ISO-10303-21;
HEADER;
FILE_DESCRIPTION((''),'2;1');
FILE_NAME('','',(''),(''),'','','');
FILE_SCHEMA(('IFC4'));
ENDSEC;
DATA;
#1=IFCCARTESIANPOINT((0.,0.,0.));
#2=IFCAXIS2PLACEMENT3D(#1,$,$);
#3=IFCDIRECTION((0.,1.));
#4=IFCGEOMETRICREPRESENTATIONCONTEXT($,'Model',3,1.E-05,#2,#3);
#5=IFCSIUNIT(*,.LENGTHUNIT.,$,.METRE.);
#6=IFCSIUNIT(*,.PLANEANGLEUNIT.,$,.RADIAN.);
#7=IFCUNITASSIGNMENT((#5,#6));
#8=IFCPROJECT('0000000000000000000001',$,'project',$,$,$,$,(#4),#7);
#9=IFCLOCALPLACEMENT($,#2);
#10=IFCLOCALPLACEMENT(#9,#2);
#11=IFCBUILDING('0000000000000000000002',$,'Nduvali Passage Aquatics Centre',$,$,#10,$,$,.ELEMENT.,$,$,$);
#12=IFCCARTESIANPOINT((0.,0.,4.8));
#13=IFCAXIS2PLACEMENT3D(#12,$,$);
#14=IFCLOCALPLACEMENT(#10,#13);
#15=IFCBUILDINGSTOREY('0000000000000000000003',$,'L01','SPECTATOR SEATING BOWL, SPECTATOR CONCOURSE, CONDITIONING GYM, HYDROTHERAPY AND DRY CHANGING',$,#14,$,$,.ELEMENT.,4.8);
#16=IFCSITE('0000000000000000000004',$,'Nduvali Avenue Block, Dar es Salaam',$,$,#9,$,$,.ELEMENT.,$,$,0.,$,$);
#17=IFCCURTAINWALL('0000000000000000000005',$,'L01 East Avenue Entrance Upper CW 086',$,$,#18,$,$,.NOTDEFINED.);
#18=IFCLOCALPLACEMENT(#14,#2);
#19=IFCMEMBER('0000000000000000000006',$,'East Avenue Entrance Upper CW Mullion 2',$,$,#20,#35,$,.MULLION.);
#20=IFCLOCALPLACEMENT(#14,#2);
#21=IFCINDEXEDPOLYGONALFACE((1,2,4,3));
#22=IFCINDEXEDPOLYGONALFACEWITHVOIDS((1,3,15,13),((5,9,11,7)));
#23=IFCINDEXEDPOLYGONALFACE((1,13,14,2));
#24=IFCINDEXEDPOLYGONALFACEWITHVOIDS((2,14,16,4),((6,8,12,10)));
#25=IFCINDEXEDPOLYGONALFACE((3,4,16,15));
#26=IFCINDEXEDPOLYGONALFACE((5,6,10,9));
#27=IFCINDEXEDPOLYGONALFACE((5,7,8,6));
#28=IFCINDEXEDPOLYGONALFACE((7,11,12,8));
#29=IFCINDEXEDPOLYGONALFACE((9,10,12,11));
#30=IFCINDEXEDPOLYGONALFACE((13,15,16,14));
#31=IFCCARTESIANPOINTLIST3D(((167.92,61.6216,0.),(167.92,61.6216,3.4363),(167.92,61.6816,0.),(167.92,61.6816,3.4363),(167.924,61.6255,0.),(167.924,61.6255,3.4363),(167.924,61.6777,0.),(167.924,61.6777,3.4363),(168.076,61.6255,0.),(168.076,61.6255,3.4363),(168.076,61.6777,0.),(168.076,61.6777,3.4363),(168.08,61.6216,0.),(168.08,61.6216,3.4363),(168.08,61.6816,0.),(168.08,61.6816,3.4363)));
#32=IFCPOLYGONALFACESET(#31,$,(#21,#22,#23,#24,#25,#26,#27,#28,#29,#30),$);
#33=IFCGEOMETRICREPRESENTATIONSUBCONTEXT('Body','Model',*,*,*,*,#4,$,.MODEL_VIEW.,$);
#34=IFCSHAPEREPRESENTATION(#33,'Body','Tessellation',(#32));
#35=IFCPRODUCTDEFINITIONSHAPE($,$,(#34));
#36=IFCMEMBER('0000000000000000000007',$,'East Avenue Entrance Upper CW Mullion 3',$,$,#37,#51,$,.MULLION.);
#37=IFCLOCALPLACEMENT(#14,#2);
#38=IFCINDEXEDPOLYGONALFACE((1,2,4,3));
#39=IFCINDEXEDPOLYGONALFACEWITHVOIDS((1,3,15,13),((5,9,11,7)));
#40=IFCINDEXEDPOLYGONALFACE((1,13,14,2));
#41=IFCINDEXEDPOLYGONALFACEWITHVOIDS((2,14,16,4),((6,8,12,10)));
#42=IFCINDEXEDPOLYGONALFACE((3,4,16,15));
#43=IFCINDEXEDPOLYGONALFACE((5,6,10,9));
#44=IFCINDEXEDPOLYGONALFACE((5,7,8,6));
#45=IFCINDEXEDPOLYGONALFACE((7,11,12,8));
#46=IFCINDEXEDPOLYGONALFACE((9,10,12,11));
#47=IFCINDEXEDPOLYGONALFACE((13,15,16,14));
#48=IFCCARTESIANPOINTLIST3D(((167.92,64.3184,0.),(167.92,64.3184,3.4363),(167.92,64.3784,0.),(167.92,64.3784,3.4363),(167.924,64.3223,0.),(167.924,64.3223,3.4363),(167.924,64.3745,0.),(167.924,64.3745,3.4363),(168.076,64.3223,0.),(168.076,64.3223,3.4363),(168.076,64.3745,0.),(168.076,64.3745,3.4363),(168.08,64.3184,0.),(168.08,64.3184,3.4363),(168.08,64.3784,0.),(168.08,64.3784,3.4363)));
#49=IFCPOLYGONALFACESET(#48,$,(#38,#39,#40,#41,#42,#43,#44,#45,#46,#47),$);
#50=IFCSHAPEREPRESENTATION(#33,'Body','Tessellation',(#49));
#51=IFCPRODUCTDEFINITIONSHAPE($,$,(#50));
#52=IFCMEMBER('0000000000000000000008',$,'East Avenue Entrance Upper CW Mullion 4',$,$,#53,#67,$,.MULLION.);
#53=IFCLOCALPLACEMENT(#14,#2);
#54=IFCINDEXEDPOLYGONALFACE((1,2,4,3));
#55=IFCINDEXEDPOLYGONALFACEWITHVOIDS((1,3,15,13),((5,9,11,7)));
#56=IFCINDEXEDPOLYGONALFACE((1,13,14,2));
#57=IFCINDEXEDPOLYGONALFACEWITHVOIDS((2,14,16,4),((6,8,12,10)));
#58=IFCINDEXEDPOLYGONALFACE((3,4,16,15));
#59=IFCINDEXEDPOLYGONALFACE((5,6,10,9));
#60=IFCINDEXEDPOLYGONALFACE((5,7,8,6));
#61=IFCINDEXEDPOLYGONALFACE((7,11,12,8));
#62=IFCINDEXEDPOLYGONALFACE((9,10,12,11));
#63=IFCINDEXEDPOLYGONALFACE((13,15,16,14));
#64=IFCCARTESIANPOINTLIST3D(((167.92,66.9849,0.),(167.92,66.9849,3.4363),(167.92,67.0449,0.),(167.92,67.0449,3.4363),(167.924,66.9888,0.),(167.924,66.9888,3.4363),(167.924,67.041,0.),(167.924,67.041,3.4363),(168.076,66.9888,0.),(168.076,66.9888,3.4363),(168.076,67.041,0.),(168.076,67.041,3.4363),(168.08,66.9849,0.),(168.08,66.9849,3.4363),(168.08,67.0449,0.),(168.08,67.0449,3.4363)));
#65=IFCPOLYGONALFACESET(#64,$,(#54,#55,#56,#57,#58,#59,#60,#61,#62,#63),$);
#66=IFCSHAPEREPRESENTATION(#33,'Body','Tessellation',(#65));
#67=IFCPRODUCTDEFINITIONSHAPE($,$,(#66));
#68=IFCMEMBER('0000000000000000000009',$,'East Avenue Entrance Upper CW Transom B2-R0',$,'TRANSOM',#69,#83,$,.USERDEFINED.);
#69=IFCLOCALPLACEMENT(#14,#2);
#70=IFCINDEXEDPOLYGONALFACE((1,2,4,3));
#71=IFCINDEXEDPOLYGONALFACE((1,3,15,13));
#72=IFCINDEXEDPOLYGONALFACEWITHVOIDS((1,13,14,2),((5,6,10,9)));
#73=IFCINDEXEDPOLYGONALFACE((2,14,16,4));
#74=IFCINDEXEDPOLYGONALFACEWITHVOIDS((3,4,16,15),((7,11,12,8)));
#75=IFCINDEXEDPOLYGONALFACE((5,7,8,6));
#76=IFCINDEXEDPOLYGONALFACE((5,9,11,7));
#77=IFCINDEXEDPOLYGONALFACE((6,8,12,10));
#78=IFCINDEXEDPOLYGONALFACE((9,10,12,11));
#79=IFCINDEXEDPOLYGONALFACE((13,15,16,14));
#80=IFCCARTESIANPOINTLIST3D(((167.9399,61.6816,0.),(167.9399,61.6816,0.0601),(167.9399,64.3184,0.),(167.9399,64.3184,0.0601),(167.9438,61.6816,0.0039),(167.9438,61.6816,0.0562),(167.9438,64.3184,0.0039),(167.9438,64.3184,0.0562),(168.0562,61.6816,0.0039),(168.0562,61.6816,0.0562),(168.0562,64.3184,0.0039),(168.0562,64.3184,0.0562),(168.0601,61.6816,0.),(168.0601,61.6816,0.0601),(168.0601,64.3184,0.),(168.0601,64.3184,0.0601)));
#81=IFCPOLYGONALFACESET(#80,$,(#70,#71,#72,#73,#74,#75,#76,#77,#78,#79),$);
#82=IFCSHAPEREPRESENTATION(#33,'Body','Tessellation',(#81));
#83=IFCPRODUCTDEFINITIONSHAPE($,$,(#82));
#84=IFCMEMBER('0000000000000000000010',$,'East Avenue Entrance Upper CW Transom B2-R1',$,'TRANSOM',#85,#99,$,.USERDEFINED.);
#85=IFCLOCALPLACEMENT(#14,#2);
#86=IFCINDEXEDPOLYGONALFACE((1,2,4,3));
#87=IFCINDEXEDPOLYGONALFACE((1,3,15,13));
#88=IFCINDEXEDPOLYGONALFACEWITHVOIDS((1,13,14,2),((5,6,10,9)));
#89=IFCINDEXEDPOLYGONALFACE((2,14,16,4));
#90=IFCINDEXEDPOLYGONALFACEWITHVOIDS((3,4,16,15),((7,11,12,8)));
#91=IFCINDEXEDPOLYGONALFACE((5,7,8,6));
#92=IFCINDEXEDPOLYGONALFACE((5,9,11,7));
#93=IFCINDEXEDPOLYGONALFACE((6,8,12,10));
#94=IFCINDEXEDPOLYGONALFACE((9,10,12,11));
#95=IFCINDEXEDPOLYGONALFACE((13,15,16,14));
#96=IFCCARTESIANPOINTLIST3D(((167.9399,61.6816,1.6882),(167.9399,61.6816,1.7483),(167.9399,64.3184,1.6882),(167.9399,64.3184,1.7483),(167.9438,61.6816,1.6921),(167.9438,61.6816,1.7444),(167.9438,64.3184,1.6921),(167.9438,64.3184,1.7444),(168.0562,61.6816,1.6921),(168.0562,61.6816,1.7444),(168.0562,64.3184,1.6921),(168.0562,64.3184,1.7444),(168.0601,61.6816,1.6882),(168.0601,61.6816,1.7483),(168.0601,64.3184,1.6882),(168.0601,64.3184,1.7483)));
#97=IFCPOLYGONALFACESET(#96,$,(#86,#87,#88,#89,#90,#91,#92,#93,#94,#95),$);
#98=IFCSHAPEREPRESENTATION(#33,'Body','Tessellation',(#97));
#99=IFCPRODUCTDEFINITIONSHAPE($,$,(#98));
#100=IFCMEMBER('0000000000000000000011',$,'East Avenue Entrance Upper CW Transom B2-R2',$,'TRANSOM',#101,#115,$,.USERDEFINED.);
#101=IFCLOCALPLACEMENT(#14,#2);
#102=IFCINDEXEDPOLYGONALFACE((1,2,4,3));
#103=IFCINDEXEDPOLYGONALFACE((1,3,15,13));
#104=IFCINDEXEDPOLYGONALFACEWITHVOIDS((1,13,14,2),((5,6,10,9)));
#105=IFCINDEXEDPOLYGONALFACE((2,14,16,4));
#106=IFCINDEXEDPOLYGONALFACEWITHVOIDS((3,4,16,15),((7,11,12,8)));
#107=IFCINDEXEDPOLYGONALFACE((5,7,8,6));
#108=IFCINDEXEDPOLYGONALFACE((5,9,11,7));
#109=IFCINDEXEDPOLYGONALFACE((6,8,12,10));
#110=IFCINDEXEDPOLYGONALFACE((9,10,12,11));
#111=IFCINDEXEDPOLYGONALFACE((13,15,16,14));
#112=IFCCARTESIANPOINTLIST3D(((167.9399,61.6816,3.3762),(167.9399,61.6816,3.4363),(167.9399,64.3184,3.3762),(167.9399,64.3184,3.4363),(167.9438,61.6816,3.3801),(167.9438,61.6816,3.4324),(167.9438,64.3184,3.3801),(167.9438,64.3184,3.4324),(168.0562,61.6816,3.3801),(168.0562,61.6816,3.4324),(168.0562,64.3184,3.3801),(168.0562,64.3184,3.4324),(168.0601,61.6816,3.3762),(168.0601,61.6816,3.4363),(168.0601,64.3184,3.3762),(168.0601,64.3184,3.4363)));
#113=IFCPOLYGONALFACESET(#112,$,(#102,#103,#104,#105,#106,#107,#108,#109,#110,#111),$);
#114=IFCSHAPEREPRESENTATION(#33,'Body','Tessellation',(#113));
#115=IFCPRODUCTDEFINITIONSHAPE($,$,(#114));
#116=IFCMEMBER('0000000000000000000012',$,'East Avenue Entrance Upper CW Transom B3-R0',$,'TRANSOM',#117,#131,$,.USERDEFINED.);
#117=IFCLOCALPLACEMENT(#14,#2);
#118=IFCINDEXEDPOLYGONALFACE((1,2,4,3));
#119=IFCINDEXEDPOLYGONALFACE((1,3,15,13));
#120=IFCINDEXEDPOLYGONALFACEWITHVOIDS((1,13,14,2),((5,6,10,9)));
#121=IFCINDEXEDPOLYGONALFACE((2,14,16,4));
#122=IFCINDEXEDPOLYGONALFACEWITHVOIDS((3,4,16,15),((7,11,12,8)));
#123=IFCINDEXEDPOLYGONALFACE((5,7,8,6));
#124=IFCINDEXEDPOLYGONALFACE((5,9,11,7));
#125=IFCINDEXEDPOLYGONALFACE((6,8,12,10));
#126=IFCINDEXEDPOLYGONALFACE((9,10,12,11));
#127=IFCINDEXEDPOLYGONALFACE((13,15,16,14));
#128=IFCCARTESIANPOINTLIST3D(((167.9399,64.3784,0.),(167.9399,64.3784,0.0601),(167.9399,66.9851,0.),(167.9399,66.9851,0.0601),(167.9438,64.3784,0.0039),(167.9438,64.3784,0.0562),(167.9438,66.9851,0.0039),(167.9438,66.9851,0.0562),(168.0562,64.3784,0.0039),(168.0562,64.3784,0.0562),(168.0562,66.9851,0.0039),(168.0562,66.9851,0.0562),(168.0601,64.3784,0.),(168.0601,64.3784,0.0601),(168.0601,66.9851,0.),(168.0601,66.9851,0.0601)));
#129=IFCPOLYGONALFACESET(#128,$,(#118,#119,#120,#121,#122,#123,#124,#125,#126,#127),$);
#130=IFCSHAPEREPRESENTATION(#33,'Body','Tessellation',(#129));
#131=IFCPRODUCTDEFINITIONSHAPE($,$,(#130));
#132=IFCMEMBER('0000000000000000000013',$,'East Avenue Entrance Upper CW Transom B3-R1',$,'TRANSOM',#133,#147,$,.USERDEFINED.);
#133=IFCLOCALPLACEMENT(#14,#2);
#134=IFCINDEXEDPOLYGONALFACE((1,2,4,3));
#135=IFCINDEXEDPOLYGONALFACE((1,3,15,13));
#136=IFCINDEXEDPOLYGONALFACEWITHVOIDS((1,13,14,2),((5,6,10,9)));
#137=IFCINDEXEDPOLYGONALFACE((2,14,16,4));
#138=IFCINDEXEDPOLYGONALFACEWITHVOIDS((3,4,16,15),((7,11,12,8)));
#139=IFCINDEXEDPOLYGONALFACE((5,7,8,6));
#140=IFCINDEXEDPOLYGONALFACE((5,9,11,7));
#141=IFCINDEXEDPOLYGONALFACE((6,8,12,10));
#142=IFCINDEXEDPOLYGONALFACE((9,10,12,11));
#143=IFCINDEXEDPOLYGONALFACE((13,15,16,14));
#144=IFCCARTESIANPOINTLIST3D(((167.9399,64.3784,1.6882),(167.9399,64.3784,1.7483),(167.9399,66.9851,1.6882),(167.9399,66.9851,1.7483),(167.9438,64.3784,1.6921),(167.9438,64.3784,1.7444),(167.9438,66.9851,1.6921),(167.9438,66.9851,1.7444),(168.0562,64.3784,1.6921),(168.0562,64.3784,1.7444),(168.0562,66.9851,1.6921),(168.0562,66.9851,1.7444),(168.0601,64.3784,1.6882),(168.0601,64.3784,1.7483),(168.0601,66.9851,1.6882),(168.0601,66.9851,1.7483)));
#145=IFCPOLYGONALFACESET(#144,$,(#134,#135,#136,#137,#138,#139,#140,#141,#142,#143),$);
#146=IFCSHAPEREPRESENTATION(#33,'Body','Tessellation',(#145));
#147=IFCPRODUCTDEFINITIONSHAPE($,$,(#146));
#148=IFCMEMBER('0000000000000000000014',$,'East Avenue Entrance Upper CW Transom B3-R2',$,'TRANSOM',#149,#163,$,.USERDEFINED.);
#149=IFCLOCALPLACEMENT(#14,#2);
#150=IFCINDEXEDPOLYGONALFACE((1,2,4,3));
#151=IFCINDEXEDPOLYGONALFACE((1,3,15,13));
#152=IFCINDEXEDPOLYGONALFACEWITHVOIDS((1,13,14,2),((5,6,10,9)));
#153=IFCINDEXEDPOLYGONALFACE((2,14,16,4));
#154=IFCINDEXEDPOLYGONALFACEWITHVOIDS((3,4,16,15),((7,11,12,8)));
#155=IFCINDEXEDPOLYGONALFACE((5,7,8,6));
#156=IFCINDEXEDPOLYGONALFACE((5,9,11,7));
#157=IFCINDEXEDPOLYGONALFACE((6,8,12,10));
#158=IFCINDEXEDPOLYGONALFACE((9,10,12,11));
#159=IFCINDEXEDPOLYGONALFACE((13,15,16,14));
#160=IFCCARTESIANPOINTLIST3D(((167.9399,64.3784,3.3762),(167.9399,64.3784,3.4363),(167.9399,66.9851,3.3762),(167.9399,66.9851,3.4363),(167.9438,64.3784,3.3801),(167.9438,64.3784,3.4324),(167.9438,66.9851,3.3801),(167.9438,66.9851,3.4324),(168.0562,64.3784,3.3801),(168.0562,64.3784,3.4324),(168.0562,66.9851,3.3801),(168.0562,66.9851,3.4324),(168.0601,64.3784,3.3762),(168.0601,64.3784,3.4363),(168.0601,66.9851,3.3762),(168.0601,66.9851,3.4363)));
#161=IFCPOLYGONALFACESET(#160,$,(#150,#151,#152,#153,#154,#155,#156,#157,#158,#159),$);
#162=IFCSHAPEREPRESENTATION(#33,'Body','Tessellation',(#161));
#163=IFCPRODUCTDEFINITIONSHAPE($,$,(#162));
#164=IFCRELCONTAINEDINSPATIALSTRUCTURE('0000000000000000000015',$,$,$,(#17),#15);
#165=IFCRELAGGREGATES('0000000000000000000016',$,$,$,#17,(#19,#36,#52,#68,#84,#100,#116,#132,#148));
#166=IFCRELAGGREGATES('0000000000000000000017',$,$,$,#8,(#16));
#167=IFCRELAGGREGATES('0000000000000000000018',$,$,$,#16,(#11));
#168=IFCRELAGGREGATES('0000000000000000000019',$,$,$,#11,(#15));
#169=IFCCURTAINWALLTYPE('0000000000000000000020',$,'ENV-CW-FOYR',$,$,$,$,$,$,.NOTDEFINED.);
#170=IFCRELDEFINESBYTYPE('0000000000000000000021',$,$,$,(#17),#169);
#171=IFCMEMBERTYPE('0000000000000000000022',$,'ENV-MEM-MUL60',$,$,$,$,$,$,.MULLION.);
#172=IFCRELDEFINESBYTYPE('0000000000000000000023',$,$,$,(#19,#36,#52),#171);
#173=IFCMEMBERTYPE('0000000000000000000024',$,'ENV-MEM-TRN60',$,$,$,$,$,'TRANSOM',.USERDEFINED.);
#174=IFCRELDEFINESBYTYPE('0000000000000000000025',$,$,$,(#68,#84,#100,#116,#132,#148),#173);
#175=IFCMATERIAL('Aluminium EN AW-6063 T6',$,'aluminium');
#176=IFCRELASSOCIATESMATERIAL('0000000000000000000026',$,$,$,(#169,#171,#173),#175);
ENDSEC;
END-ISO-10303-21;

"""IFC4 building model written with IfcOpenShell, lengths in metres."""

from ifc_helpers import new_model, si_unit, direction, frame, origin, origin_2d, place, context, subcontext, project, spatial, hollow_rectangle, extrude, material, material_profile, profile_set, type_object, element, aggregate, save


model = new_model("IFC4")

# Units and contexts
model_context = context("Model", 3, precision=1e-05, world=origin(), true_north=direction((0.0, 1.0)))
body_context = subcontext(model_context, "Body", "Model", "MODEL_VIEW")
ifc_project = project(units=[si_unit("LENGTHUNIT", "METRE"), si_unit("PLANEANGLEUNIT", "RADIAN")], contexts=[model_context])

# Site, building, storey
site_placement = place(None, origin())
site = spatial("IfcSite", under=ifc_project, at=site_placement, Name="Nduvali Avenue Block, Dar es Salaam", CompositionType="ELEMENT", RefElevation=0.0)
building_placement = place(site_placement, origin())
building = spatial("IfcBuilding", under=site, at=building_placement, Name="Nduvali Passage Aquatics Centre", CompositionType="ELEMENT")
storey_placement = place(building_placement, frame((0.0, 0.0, 4.8)))
storey = spatial("IfcBuildingStorey", under=building, at=storey_placement, Name="L01", Description="SPECTATOR SEATING BOWL, SPECTATOR CONCOURSE, CONDITIONING GYM, HYDROTHERAPY AND DRY CHANGING", CompositionType="ELEMENT", Elevation=4.8)

# Curtain wall, members
ifc_material_1 = material(Name="Aluminium EN AW-6063 T6", Category="aluminium")
curtain_wall_type = type_object("IfcCurtainWallType", Name="ENV-CW-FOYR", PredefinedType="NOTDEFINED", material=ifc_material_1)
curtain_wall_placement = place(storey_placement, origin())
curtain_wall = element("IfcCurtainWall", 1, at=curtain_wall_placement, inside=storey, type_object=curtain_wall_type, Name="L01 East Avenue Entrance Upper CW 086", PredefinedType="NOTDEFINED")
ifc_material_profile_1 = material_profile(ifc_material_1, hollow_rectangle(XDim=0.0601, YDim=0.1599, WallThickness=0.0039, at=origin_2d()), Name="ALU MULLION 60x160x4")
ifc_profile_set_1 = profile_set([ifc_material_profile_1], Name="Aluminium EN AW-6063 T6")
member_type_1 = type_object("IfcMemberType", Name="ENV-MEM-MUL60", PredefinedType="MULLION", material=ifc_profile_set_1)
member_1_placement = place(storey_placement, frame((168.0, 61.6516, 0.0), z_axis=(0.0, 0.0, 1.0), x_axis=(0.0, 1.0, 0.0)))
member_1 = element("IfcMember", 2, at=member_1_placement, type_object=member_type_1, Name="East Avenue Entrance Upper CW Mullion 2", PredefinedType="MULLION", context=body_context, shape_type="SweptSolid", body=[
    extrude(hollow_rectangle(XDim=0.0601, YDim=0.1599, WallThickness=0.0039, at=origin_2d()), origin(), (0.0, 0.0, 1.0), 3.4363),
])
member_2_placement = place(storey_placement, frame((168.0, 64.3484, 0.0), z_axis=(0.0, 0.0, 1.0), x_axis=(0.0, 1.0, 0.0)))
member_2 = element("IfcMember", 3, at=member_2_placement, type_object=member_type_1, Name="East Avenue Entrance Upper CW Mullion 3", PredefinedType="MULLION", context=body_context, shape_type="SweptSolid", body=[
    extrude(hollow_rectangle(XDim=0.0601, YDim=0.1599, WallThickness=0.0039, at=origin_2d()), origin(), (0.0, 0.0, 1.0), 3.4363),
])
member_3_placement = place(storey_placement, frame((168.0, 67.0149, 0.0), z_axis=(0.0, 0.0, 1.0), x_axis=(0.0, 1.0, 0.0)))
member_3 = element("IfcMember", 4, at=member_3_placement, type_object=member_type_1, Name="East Avenue Entrance Upper CW Mullion 4", PredefinedType="MULLION", context=body_context, shape_type="SweptSolid", body=[
    extrude(hollow_rectangle(XDim=0.0601, YDim=0.1599, WallThickness=0.0039, at=origin_2d()), origin(), (0.0, 0.0, 1.0), 3.4363),
])
ifc_material_profile_2 = material_profile(ifc_material_1, hollow_rectangle(XDim=0.1201, YDim=0.0601, WallThickness=0.0039, at=origin_2d()), Name="ALU TRANSOM 120x60x4")
ifc_profile_set_2 = profile_set([ifc_material_profile_2], Name="Aluminium EN AW-6063 T6")
member_type_2 = type_object("IfcMemberType", Name="ENV-MEM-TRN60", ElementType="TRANSOM", PredefinedType="USERDEFINED", material=ifc_profile_set_2)
member_4_placement = place(storey_placement, frame((168.0, 61.6816, 0.03), z_axis=(0.0, 1.0, 0.0), x_axis=(-1.0, 0.0, 0.0)))
member_4 = element("IfcMember", 5, at=member_4_placement, type_object=member_type_2, Name="East Avenue Entrance Upper CW Transom B2-R0", ObjectType="TRANSOM", PredefinedType="USERDEFINED", context=body_context, shape_type="SweptSolid", body=[
    extrude(hollow_rectangle(XDim=0.1201, YDim=0.0601, WallThickness=0.0039, at=origin_2d()), origin(), (0.0, 0.0, 1.0), 2.6367),
])
member_5_placement = place(storey_placement, frame((168.0, 61.6816, 1.7183), z_axis=(0.0, 1.0, 0.0), x_axis=(-1.0, 0.0, 0.0)))
member_5 = element("IfcMember", 6, at=member_5_placement, type_object=member_type_2, Name="East Avenue Entrance Upper CW Transom B2-R1", ObjectType="TRANSOM", PredefinedType="USERDEFINED", context=body_context, shape_type="SweptSolid", body=[
    extrude(hollow_rectangle(XDim=0.1201, YDim=0.0601, WallThickness=0.0039, at=origin_2d()), origin(), (0.0, 0.0, 1.0), 2.6367),
])
member_6_placement = place(storey_placement, frame((168.0, 61.6816, 3.4062), z_axis=(0.0, 1.0, 0.0), x_axis=(-1.0, 0.0, 0.0)))
member_6 = element("IfcMember", 7, at=member_6_placement, type_object=member_type_2, Name="East Avenue Entrance Upper CW Transom B2-R2", ObjectType="TRANSOM", PredefinedType="USERDEFINED", context=body_context, shape_type="SweptSolid", body=[
    extrude(hollow_rectangle(XDim=0.1201, YDim=0.0601, WallThickness=0.0039, at=origin_2d()), origin(), (0.0, 0.0, 1.0), 2.6367),
])
member_7_placement = place(storey_placement, frame((168.0, 64.3784, 0.03), z_axis=(0.0, 1.0, 0.0), x_axis=(-1.0, 0.0, 0.0)))
member_7 = element("IfcMember", 8, at=member_7_placement, type_object=member_type_2, Name="East Avenue Entrance Upper CW Transom B3-R0", ObjectType="TRANSOM", PredefinedType="USERDEFINED", context=body_context, shape_type="SweptSolid", body=[
    extrude(hollow_rectangle(XDim=0.1201, YDim=0.0601, WallThickness=0.0039, at=origin_2d()), origin(), (0.0, 0.0, 1.0), 2.6067),
])
member_8_placement = place(storey_placement, frame((168.0, 64.3784, 1.7183), z_axis=(0.0, 1.0, 0.0), x_axis=(-1.0, 0.0, 0.0)))
member_8 = element("IfcMember", 9, at=member_8_placement, type_object=member_type_2, Name="East Avenue Entrance Upper CW Transom B3-R1", ObjectType="TRANSOM", PredefinedType="USERDEFINED", context=body_context, shape_type="SweptSolid", body=[
    extrude(hollow_rectangle(XDim=0.1201, YDim=0.0601, WallThickness=0.0039, at=origin_2d()), origin(), (0.0, 0.0, 1.0), 2.6067),
])
member_9_placement = place(storey_placement, frame((168.0, 64.3784, 3.4062), z_axis=(0.0, 1.0, 0.0), x_axis=(-1.0, 0.0, 0.0)))
member_9 = element("IfcMember", 10, at=member_9_placement, type_object=member_type_2, Name="East Avenue Entrance Upper CW Transom B3-R2", ObjectType="TRANSOM", PredefinedType="USERDEFINED", context=body_context, shape_type="SweptSolid", body=[
    extrude(hollow_rectangle(XDim=0.1201, YDim=0.0601, WallThickness=0.0039, at=origin_2d()), origin(), (0.0, 0.0, 1.0), 2.6067),
])

aggregate(curtain_wall, [member_1, member_2, member_3, member_4, member_5, member_6, member_7, member_8, member_9])

save(model, "model.ifc")
